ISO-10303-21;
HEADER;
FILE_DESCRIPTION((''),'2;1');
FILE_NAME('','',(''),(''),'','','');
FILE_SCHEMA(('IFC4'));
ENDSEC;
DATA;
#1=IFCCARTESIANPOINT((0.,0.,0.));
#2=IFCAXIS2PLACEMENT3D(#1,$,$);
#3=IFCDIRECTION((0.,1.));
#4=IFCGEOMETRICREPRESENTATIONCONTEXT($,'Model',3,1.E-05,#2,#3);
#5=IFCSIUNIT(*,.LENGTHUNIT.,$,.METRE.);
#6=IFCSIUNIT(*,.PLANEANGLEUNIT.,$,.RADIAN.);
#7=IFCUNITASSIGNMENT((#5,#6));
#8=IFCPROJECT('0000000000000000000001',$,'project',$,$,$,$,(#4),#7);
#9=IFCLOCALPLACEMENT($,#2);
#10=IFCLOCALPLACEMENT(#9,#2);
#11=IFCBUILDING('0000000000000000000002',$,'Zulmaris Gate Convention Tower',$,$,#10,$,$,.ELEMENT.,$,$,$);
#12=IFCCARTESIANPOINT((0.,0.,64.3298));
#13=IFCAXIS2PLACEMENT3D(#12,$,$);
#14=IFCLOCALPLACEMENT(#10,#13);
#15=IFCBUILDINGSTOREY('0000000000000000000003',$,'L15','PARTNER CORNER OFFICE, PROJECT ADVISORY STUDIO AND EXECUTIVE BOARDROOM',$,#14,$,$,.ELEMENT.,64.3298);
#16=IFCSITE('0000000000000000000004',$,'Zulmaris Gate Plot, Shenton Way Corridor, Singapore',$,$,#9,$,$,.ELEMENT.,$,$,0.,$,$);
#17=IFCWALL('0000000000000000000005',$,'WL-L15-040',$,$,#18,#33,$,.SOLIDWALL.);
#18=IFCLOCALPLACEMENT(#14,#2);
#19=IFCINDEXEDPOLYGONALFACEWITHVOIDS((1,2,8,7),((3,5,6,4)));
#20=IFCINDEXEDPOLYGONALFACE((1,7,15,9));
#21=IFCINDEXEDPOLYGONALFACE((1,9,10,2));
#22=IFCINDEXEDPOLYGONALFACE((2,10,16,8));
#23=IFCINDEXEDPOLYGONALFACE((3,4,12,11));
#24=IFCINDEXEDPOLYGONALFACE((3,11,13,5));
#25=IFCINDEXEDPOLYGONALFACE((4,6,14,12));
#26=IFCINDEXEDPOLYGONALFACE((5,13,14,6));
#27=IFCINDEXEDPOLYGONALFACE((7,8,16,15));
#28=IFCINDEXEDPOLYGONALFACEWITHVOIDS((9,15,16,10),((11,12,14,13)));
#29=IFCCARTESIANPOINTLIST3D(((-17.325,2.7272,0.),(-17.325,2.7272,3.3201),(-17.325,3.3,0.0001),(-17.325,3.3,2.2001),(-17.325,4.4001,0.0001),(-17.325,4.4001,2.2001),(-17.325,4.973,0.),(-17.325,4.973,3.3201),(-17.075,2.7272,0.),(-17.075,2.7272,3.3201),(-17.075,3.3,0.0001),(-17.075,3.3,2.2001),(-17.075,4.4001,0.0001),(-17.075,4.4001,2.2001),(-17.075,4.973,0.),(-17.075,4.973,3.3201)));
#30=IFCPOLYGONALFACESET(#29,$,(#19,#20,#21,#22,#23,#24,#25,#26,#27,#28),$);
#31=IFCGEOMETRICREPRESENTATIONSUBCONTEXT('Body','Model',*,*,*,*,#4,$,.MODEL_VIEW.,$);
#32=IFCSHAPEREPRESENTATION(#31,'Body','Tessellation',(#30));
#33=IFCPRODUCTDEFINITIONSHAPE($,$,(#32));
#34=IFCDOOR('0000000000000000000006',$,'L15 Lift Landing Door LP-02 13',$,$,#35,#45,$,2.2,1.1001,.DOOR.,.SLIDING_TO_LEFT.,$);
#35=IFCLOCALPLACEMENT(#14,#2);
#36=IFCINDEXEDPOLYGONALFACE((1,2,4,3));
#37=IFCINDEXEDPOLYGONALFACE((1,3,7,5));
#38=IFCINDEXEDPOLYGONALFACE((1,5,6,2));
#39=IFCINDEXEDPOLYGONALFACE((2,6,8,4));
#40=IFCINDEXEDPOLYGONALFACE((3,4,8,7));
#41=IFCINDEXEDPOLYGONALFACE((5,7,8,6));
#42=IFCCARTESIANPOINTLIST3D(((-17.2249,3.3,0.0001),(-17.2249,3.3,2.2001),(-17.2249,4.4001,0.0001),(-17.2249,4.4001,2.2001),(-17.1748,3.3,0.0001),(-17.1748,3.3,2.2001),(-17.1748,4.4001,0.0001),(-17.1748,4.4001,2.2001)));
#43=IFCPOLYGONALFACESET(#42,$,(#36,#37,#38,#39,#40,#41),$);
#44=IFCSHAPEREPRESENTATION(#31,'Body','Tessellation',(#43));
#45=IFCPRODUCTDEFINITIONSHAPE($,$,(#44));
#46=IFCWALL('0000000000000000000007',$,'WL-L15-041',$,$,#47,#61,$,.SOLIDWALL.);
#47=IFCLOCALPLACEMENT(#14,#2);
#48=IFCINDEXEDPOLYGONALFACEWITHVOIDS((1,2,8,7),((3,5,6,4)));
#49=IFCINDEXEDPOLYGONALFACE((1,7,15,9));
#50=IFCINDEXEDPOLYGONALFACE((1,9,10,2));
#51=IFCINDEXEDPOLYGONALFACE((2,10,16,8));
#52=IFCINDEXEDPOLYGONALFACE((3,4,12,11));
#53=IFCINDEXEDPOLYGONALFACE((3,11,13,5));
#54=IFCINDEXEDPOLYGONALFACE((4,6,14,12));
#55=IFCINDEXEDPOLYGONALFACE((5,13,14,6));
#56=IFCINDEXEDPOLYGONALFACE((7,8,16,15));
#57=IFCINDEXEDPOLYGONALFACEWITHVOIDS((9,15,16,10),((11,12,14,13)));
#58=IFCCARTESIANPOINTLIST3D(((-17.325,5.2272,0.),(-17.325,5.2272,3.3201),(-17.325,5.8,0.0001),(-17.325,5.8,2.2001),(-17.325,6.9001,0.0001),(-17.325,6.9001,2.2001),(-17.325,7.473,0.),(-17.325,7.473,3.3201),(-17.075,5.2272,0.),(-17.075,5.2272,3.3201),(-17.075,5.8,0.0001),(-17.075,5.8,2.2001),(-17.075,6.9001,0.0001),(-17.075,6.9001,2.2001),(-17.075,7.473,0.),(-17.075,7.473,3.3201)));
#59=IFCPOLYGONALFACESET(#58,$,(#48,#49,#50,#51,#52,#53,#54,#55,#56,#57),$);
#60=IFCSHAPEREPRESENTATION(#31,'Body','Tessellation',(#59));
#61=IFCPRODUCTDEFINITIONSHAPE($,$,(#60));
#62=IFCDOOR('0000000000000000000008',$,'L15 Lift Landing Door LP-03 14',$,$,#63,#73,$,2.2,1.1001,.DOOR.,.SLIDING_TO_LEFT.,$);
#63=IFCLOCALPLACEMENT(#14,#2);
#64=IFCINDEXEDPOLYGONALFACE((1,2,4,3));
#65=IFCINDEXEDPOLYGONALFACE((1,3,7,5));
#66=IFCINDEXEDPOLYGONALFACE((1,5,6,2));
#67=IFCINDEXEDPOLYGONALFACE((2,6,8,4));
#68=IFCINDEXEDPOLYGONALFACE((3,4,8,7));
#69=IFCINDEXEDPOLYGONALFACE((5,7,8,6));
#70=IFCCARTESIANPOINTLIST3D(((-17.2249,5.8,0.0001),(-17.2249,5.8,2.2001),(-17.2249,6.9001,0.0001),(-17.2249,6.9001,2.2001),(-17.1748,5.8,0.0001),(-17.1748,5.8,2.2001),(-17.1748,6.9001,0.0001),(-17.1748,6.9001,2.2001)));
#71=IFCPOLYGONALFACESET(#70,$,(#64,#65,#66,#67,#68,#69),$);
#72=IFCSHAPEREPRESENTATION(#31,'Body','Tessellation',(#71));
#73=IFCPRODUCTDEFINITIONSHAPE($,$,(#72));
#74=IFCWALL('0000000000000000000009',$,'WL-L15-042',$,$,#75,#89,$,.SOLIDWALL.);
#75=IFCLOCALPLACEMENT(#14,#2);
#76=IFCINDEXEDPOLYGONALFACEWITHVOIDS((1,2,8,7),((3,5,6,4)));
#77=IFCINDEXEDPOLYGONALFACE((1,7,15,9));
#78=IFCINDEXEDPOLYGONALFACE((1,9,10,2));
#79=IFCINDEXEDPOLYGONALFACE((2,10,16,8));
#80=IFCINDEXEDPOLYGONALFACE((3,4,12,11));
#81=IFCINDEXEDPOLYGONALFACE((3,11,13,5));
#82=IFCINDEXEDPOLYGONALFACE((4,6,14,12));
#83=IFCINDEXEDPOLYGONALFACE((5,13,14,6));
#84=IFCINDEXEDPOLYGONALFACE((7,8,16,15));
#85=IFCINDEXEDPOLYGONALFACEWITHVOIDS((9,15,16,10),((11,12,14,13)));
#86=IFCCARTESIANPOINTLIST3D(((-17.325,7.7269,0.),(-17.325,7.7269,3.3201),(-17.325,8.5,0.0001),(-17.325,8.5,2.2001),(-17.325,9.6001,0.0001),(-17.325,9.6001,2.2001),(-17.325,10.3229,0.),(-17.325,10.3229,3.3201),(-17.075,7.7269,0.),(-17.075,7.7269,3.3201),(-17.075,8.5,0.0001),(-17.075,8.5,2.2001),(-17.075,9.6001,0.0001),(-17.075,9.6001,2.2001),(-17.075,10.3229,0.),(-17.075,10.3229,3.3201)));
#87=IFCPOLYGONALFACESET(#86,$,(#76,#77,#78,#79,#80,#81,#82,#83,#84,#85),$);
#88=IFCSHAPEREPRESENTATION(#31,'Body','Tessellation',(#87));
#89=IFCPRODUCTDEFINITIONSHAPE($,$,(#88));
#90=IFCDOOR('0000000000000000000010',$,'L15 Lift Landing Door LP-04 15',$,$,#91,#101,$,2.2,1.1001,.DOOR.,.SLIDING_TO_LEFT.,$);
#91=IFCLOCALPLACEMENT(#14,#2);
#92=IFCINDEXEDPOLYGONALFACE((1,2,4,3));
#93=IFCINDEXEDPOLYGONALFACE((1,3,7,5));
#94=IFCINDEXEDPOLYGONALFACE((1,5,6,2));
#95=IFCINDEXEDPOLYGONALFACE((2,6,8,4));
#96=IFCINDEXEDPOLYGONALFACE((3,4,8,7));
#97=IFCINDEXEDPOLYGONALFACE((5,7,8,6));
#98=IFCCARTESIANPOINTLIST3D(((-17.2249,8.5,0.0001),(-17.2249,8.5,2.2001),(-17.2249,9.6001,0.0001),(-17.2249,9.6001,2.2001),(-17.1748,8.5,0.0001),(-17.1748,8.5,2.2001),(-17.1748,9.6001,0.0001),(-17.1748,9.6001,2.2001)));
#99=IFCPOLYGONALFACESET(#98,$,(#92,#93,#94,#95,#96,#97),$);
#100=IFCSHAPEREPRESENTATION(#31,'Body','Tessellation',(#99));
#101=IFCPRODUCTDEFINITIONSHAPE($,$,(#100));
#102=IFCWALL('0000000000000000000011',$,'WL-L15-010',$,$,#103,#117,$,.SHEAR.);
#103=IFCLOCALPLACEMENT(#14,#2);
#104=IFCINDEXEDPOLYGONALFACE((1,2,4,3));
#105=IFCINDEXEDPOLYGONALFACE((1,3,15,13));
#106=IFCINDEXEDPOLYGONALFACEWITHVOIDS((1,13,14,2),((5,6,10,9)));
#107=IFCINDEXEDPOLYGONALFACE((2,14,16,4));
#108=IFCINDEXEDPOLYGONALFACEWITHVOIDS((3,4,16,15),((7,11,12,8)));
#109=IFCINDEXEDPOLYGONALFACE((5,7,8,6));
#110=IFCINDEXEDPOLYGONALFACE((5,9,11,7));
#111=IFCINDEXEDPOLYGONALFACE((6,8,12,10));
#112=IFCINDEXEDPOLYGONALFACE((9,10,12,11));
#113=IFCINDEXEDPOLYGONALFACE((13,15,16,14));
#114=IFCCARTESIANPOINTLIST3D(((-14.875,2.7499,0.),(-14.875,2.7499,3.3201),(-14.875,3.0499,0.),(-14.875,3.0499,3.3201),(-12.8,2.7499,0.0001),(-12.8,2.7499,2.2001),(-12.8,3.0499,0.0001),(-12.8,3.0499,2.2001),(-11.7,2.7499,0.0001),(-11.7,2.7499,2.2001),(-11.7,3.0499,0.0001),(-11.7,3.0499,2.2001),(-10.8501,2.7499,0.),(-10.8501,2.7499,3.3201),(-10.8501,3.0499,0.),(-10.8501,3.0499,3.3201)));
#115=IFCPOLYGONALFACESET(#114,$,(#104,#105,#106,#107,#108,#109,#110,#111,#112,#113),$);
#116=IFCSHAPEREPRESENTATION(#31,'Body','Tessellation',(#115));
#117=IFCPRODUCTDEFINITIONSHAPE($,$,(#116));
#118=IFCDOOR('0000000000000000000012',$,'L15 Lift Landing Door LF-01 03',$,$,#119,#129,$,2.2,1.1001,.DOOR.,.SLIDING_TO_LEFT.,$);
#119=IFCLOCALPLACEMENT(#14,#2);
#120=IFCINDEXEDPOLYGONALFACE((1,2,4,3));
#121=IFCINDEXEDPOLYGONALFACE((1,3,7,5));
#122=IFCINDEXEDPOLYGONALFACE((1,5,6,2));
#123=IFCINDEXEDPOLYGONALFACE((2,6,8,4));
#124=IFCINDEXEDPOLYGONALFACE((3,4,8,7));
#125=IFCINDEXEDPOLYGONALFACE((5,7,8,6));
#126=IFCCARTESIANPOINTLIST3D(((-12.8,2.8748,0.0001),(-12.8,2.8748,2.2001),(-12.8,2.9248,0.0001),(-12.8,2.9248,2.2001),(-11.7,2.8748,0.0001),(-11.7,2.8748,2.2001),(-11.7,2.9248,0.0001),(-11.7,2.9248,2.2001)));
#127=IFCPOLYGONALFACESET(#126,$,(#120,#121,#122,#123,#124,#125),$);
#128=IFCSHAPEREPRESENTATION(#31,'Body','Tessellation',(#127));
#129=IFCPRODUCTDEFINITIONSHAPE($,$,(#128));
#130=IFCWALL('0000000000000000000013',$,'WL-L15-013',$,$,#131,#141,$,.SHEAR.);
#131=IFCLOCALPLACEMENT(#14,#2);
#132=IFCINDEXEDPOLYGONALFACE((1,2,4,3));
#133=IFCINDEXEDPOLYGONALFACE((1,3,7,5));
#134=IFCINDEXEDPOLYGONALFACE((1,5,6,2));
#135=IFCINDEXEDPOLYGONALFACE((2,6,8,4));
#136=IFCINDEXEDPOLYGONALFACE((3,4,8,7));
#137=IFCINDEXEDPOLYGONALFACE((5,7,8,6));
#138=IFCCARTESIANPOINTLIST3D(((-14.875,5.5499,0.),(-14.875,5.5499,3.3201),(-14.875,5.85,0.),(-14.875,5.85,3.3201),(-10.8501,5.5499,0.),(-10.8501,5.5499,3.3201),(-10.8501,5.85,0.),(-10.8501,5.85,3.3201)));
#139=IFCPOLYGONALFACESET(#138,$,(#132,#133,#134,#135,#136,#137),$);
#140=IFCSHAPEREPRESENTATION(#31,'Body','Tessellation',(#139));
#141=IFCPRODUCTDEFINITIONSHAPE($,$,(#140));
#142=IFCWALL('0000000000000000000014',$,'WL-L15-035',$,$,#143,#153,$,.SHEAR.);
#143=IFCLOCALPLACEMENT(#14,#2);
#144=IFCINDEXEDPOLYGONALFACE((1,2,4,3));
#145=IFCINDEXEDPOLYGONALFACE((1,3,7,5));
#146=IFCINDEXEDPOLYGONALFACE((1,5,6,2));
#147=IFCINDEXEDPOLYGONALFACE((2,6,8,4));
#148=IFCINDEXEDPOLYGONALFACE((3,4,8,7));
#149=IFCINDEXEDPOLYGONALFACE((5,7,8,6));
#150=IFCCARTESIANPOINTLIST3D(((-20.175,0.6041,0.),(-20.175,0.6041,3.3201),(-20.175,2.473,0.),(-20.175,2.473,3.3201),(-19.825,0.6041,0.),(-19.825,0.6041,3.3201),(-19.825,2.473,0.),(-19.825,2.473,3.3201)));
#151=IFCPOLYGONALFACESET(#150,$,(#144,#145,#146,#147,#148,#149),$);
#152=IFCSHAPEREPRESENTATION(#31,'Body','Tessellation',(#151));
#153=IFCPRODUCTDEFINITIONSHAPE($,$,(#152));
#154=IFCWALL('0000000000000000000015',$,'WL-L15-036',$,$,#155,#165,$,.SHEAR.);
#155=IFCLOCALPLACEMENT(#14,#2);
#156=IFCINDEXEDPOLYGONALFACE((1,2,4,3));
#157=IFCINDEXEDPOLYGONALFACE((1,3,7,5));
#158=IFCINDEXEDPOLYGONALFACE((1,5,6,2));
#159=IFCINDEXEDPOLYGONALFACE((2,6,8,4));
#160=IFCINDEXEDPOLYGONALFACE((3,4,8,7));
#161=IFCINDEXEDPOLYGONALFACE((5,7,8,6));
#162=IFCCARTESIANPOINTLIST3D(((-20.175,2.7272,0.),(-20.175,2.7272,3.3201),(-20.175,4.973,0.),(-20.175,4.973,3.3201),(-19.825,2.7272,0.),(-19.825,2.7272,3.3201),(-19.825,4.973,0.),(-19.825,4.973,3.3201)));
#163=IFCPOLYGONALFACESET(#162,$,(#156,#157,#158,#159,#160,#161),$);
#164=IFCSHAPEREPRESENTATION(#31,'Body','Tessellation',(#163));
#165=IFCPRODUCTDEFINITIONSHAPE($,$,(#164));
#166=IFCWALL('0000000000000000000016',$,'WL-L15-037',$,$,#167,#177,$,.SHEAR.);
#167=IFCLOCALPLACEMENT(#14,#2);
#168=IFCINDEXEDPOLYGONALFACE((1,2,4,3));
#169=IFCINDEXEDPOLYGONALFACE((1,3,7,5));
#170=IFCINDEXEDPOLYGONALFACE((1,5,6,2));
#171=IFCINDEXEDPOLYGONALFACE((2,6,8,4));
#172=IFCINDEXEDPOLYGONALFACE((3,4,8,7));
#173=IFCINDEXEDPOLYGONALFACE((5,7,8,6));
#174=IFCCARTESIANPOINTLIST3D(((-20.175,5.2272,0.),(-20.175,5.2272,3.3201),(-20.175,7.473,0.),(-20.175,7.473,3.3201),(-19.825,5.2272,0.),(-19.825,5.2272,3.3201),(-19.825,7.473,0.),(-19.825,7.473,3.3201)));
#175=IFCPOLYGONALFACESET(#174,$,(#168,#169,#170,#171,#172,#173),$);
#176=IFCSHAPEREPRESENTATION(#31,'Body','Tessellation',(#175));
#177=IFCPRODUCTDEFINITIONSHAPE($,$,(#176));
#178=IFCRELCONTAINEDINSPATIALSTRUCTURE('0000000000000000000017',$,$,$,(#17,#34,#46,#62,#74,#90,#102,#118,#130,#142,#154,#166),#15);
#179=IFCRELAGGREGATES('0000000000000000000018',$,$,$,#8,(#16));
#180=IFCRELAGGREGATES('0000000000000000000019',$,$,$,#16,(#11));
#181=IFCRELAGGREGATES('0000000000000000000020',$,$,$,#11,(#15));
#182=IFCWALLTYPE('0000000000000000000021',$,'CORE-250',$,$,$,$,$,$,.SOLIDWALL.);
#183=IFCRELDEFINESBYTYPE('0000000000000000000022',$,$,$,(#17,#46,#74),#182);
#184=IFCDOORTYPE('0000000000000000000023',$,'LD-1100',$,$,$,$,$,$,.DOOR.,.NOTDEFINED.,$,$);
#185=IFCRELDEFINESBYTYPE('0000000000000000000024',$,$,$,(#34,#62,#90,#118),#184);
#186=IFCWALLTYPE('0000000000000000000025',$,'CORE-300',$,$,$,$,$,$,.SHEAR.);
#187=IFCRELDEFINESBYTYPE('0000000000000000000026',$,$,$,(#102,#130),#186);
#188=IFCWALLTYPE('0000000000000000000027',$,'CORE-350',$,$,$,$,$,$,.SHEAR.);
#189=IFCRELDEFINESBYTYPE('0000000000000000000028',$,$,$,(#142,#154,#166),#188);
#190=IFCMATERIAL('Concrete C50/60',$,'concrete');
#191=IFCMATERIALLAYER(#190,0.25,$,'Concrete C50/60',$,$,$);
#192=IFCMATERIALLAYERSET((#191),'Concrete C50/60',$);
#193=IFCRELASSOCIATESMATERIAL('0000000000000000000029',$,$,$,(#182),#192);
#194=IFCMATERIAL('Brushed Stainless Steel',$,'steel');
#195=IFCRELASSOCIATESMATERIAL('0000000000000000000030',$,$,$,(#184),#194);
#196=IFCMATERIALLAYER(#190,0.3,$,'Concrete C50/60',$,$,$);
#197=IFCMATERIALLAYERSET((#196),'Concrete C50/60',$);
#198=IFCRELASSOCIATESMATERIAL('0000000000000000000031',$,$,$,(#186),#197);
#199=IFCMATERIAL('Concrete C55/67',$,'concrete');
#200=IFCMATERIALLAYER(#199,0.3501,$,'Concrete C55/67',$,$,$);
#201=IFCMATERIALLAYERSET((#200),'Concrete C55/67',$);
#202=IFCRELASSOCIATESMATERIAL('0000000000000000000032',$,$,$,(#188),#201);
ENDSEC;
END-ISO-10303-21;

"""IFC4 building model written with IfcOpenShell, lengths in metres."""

from ifc_helpers import new_model, si_unit, direction, frame, frame_2d, origin, place, context, subcontext, project, spatial, rectangle, extrude, material, layer, layer_set, type_object, element, fill, save


model = new_model("IFC4")

# Units and contexts
model_context = context("Model", 3, precision=1e-05, world=origin(), true_north=direction((0.0, 1.0)))
body_context = subcontext(model_context, "Body", "Model", "MODEL_VIEW")
ifc_project = project(units=[si_unit("LENGTHUNIT", "METRE"), si_unit("PLANEANGLEUNIT", "RADIAN")], contexts=[model_context])

# Site, building, storey
site_placement = place(None, origin())
site = spatial("IfcSite", under=ifc_project, at=site_placement, Name="Zulmaris Gate Plot, Shenton Way Corridor, Singapore", CompositionType="ELEMENT", RefElevation=0.0)
building_placement = place(site_placement, origin())
building = spatial("IfcBuilding", under=site, at=building_placement, Name="Zulmaris Gate Convention Tower", CompositionType="ELEMENT")
storey_placement = place(building_placement, frame((0.0, 0.0, 64.3298)))
storey = spatial("IfcBuildingStorey", under=building, at=storey_placement, Name="L15", Description="PARTNER CORNER OFFICE, PROJECT ADVISORY STUDIO AND EXECUTIVE BOARDROOM", CompositionType="ELEMENT", Elevation=64.3298)

# Shared definitions
ifc_material_1 = material(Name="Concrete C50/60", Category="concrete")
ifc_layer_1 = layer(ifc_material_1, 0.25, Name="Concrete C50/60")
ifc_layer_set_1 = layer_set([ifc_layer_1], Name="Concrete C50/60")
wall_type_1 = type_object("IfcWallType", Name="CORE-250", PredefinedType="SOLIDWALL", material=ifc_layer_set_1)

# Walls, openings, doors
wall_1_placement = place(storey_placement, frame((-17.2, 2.7271, 0.0), z_axis=(0.0, 0.0, 1.0), x_axis=(0.0, 1.0, 0.0)))
wall_1 = element("IfcWall", 1, at=wall_1_placement, inside=storey, type_object=wall_type_1, Name="WL-L15-040", PredefinedType="SOLIDWALL", context=body_context, shape_type="SweptSolid", body=[
    extrude(rectangle(XDim=2.2458, YDim=0.25, at=frame_2d((1.123, 0.0))), origin(), (0.0, 0.0, 1.0), 3.3201),
])
opening_1_placement = place(wall_1_placement, frame((0.573, 0.0, 0.0)))
opening_1 = element("IfcOpeningElement", 2, at=opening_1_placement, cuts=wall_1, PredefinedType="OPENING", context=body_context, shape_type="SweptSolid", body=[
    extrude(rectangle(XDim=1.1001, YDim=2.2, at=frame_2d((0.55, 1.1001))), frame((0.0, 0.135, 0.0), z_axis=(0.0, -1.0, 0.0), x_axis=(1.0, 0.0, 0.0)), (0.0, 0.0, 1.0), 0.27),
])
ifc_material_2 = material(Name="Brushed Stainless Steel", Category="steel")
door_type_1 = type_object("IfcDoorType", Name="LD-1100", OperationType="NOTDEFINED", PredefinedType="DOOR", material=ifc_material_2)
door_1_placement = place(opening_1_placement, origin())
door_1 = element("IfcDoor", 3, at=door_1_placement, inside=storey, type_object=door_type_1, Name="L15 Lift Landing Door LP-02 13", OperationType="SLIDING_TO_LEFT", OverallHeight=2.2, OverallWidth=1.1001, PredefinedType="DOOR", context=body_context, shape_type="SweptSolid", body=[
    extrude(rectangle(XDim=1.1001, YDim=2.2, at=frame_2d((0.55, 1.1001))), frame((0.0, 0.0249, 0.0), z_axis=(0.0, -1.0, 0.0), x_axis=(1.0, 0.0, 0.0)), (0.0, 0.0, 1.0), 0.05),
])
fill(opening_1, door_1)
wall_2_placement = place(storey_placement, frame((-17.2, 5.2271, 0.0), z_axis=(0.0, 0.0, 1.0), x_axis=(0.0, 1.0, 0.0)))
wall_2 = element("IfcWall", 4, at=wall_2_placement, inside=storey, type_object=wall_type_1, Name="WL-L15-041", PredefinedType="SOLIDWALL", context=body_context, shape_type="SweptSolid", body=[
    extrude(rectangle(XDim=2.2458, YDim=0.25, at=frame_2d((1.123, 0.0))), origin(), (0.0, 0.0, 1.0), 3.3201),
])
opening_2_placement = place(wall_2_placement, frame((0.573, 0.0, 0.0)))
opening_2 = element("IfcOpeningElement", 5, at=opening_2_placement, cuts=wall_2, PredefinedType="OPENING", context=body_context, shape_type="SweptSolid", body=[
    extrude(rectangle(XDim=1.1001, YDim=2.2, at=frame_2d((0.55, 1.1001))), frame((0.0, 0.135, 0.0), z_axis=(0.0, -1.0, 0.0), x_axis=(1.0, 0.0, 0.0)), (0.0, 0.0, 1.0), 0.27),
])
door_2_placement = place(opening_2_placement, origin())
door_2 = element("IfcDoor", 6, at=door_2_placement, inside=storey, type_object=door_type_1, Name="L15 Lift Landing Door LP-03 14", OperationType="SLIDING_TO_LEFT", OverallHeight=2.2, OverallWidth=1.1001, PredefinedType="DOOR", context=body_context, shape_type="SweptSolid", body=[
    extrude(rectangle(XDim=1.1001, YDim=2.2, at=frame_2d((0.55, 1.1001))), frame((0.0, 0.0249, 0.0), z_axis=(0.0, -1.0, 0.0), x_axis=(1.0, 0.0, 0.0)), (0.0, 0.0, 1.0), 0.05),
])
fill(opening_2, door_2)
wall_3_placement = place(storey_placement, frame((-17.2, 7.7271, 0.0), z_axis=(0.0, 0.0, 1.0), x_axis=(0.0, 1.0, 0.0)))
wall_3 = element("IfcWall", 7, at=wall_3_placement, inside=storey, type_object=wall_type_1, Name="WL-L15-042", PredefinedType="SOLIDWALL", context=body_context, shape_type="SweptSolid", body=[
    extrude(rectangle(XDim=2.5959, YDim=0.25, at=frame_2d((1.2979, 0.0))), origin(), (0.0, 0.0, 1.0), 3.3201),
])
opening_3_placement = place(wall_3_placement, frame((0.7729, 0.0, 0.0)))
opening_3 = element("IfcOpeningElement", 8, at=opening_3_placement, cuts=wall_3, PredefinedType="OPENING", context=body_context, shape_type="SweptSolid", body=[
    extrude(rectangle(XDim=1.1001, YDim=2.2, at=frame_2d((0.55, 1.1001))), frame((0.0, 0.135, 0.0), z_axis=(0.0, -1.0, 0.0), x_axis=(1.0, 0.0, 0.0)), (0.0, 0.0, 1.0), 0.27),
])
door_3_placement = place(opening_3_placement, origin())
door_3 = element("IfcDoor", 9, at=door_3_placement, inside=storey, type_object=door_type_1, Name="L15 Lift Landing Door LP-04 15", OperationType="SLIDING_TO_LEFT", OverallHeight=2.2, OverallWidth=1.1001, PredefinedType="DOOR", context=body_context, shape_type="SweptSolid", body=[
    extrude(rectangle(XDim=1.1001, YDim=2.2, at=frame_2d((0.55, 1.1001))), frame((0.0, 0.0249, 0.0), z_axis=(0.0, -1.0, 0.0), x_axis=(1.0, 0.0, 0.0)), (0.0, 0.0, 1.0), 0.05),
])
fill(opening_3, door_3)
ifc_layer_2 = layer(ifc_material_1, 0.3, Name="Concrete C50/60")
ifc_layer_set_2 = layer_set([ifc_layer_2], Name="Concrete C50/60")
wall_type_2 = type_object("IfcWallType", Name="CORE-300", PredefinedType="SHEAR", material=ifc_layer_set_2)
wall_4_placement = place(storey_placement, frame((-14.875, 2.8999, 0.0), z_axis=(0.0, 0.0, 1.0), x_axis=(1.0, 0.0, 0.0)))
wall_4 = element("IfcWall", 10, at=wall_4_placement, inside=storey, type_object=wall_type_2, Name="WL-L15-010", PredefinedType="SHEAR", context=body_context, shape_type="SweptSolid", body=[
    extrude(rectangle(XDim=4.0249, YDim=0.3, at=frame_2d((2.0125, 0.0))), origin(), (0.0, 0.0, 1.0), 3.3201),
])
opening_4_placement = place(wall_4_placement, frame((2.075, 0.0, 0.0)))
opening_4 = element("IfcOpeningElement", 11, at=opening_4_placement, cuts=wall_4, PredefinedType="OPENING", context=body_context, shape_type="SweptSolid", body=[
    extrude(rectangle(XDim=1.1001, YDim=2.2, at=frame_2d((0.55, 1.1001))), frame((0.0, 0.1602, 0.0), z_axis=(0.0, -1.0, 0.0), x_axis=(1.0, 0.0, 0.0)), (0.0, 0.0, 1.0), 0.3201),
])
door_4_placement = place(opening_4_placement, origin())
door_4 = element("IfcDoor", 12, at=door_4_placement, inside=storey, type_object=door_type_1, Name="L15 Lift Landing Door LF-01 03", OperationType="SLIDING_TO_LEFT", OverallHeight=2.2, OverallWidth=1.1001, PredefinedType="DOOR", context=body_context, shape_type="SweptSolid", body=[
    extrude(rectangle(XDim=1.1001, YDim=2.2, at=frame_2d((0.55, 1.1001))), frame((0.0, 0.0249, 0.0), z_axis=(0.0, -1.0, 0.0), x_axis=(1.0, 0.0, 0.0)), (0.0, 0.0, 1.0), 0.05),
])
fill(opening_4, door_4)

# Walls
wall_5_placement = place(storey_placement, frame((-14.875, 5.7, 0.0), z_axis=(0.0, 0.0, 1.0), x_axis=(1.0, 0.0, 0.0)))
element("IfcWall", 13, at=wall_5_placement, inside=storey, type_object=wall_type_2, Name="WL-L15-013", PredefinedType="SHEAR", context=body_context, shape_type="SweptSolid", body=[
    extrude(rectangle(XDim=4.0249, YDim=0.3, at=frame_2d((2.0125, 0.0))), origin(), (0.0, 0.0, 1.0), 3.3201),
])
ifc_material_3 = material(Name="Concrete C55/67", Category="concrete")
ifc_layer_3 = layer(ifc_material_3, 0.3501, Name="Concrete C55/67")
ifc_layer_set_3 = layer_set([ifc_layer_3], Name="Concrete C55/67")
wall_type_3 = type_object("IfcWallType", Name="CORE-350", PredefinedType="SHEAR", material=ifc_layer_set_3)
wall_6_placement = place(storey_placement, frame((-20.0, 0.604, 0.0), z_axis=(0.0, 0.0, 1.0), x_axis=(0.0, 1.0, 0.0)))
element("IfcWall", 14, at=wall_6_placement, inside=storey, type_object=wall_type_3, Name="WL-L15-035", PredefinedType="SHEAR", context=body_context, shape_type="SweptSolid", body=[
    extrude(rectangle(XDim=1.8689, YDim=0.3501, at=frame_2d((0.9346, 0.0))), origin(), (0.0, 0.0, 1.0), 3.3201),
])
for number, where, z_axis, x_axis, name in (
    (15, (-20.0, 2.7271, 0.0), (0.0, 0.0, 1.0), (0.0, 1.0, 0.0), "WL-L15-036"),
    (16, (-20.0, 5.2271, 0.0), (0.0, 0.0, 1.0), (0.0, 1.0, 0.0), "WL-L15-037"),
):
    element("IfcWall", number, at=place(storey_placement, frame(where, z_axis=z_axis, x_axis=x_axis)), inside=storey, type_object=wall_type_3, Name=name, PredefinedType="SHEAR", context=body_context, shape_type="SweptSolid", body=[
        extrude(rectangle(XDim=2.2458, YDim=0.3501, at=frame_2d((1.123, 0.0))), origin(), (0.0, 0.0, 1.0), 3.3201),
    ])

save(model, "model.ifc")
